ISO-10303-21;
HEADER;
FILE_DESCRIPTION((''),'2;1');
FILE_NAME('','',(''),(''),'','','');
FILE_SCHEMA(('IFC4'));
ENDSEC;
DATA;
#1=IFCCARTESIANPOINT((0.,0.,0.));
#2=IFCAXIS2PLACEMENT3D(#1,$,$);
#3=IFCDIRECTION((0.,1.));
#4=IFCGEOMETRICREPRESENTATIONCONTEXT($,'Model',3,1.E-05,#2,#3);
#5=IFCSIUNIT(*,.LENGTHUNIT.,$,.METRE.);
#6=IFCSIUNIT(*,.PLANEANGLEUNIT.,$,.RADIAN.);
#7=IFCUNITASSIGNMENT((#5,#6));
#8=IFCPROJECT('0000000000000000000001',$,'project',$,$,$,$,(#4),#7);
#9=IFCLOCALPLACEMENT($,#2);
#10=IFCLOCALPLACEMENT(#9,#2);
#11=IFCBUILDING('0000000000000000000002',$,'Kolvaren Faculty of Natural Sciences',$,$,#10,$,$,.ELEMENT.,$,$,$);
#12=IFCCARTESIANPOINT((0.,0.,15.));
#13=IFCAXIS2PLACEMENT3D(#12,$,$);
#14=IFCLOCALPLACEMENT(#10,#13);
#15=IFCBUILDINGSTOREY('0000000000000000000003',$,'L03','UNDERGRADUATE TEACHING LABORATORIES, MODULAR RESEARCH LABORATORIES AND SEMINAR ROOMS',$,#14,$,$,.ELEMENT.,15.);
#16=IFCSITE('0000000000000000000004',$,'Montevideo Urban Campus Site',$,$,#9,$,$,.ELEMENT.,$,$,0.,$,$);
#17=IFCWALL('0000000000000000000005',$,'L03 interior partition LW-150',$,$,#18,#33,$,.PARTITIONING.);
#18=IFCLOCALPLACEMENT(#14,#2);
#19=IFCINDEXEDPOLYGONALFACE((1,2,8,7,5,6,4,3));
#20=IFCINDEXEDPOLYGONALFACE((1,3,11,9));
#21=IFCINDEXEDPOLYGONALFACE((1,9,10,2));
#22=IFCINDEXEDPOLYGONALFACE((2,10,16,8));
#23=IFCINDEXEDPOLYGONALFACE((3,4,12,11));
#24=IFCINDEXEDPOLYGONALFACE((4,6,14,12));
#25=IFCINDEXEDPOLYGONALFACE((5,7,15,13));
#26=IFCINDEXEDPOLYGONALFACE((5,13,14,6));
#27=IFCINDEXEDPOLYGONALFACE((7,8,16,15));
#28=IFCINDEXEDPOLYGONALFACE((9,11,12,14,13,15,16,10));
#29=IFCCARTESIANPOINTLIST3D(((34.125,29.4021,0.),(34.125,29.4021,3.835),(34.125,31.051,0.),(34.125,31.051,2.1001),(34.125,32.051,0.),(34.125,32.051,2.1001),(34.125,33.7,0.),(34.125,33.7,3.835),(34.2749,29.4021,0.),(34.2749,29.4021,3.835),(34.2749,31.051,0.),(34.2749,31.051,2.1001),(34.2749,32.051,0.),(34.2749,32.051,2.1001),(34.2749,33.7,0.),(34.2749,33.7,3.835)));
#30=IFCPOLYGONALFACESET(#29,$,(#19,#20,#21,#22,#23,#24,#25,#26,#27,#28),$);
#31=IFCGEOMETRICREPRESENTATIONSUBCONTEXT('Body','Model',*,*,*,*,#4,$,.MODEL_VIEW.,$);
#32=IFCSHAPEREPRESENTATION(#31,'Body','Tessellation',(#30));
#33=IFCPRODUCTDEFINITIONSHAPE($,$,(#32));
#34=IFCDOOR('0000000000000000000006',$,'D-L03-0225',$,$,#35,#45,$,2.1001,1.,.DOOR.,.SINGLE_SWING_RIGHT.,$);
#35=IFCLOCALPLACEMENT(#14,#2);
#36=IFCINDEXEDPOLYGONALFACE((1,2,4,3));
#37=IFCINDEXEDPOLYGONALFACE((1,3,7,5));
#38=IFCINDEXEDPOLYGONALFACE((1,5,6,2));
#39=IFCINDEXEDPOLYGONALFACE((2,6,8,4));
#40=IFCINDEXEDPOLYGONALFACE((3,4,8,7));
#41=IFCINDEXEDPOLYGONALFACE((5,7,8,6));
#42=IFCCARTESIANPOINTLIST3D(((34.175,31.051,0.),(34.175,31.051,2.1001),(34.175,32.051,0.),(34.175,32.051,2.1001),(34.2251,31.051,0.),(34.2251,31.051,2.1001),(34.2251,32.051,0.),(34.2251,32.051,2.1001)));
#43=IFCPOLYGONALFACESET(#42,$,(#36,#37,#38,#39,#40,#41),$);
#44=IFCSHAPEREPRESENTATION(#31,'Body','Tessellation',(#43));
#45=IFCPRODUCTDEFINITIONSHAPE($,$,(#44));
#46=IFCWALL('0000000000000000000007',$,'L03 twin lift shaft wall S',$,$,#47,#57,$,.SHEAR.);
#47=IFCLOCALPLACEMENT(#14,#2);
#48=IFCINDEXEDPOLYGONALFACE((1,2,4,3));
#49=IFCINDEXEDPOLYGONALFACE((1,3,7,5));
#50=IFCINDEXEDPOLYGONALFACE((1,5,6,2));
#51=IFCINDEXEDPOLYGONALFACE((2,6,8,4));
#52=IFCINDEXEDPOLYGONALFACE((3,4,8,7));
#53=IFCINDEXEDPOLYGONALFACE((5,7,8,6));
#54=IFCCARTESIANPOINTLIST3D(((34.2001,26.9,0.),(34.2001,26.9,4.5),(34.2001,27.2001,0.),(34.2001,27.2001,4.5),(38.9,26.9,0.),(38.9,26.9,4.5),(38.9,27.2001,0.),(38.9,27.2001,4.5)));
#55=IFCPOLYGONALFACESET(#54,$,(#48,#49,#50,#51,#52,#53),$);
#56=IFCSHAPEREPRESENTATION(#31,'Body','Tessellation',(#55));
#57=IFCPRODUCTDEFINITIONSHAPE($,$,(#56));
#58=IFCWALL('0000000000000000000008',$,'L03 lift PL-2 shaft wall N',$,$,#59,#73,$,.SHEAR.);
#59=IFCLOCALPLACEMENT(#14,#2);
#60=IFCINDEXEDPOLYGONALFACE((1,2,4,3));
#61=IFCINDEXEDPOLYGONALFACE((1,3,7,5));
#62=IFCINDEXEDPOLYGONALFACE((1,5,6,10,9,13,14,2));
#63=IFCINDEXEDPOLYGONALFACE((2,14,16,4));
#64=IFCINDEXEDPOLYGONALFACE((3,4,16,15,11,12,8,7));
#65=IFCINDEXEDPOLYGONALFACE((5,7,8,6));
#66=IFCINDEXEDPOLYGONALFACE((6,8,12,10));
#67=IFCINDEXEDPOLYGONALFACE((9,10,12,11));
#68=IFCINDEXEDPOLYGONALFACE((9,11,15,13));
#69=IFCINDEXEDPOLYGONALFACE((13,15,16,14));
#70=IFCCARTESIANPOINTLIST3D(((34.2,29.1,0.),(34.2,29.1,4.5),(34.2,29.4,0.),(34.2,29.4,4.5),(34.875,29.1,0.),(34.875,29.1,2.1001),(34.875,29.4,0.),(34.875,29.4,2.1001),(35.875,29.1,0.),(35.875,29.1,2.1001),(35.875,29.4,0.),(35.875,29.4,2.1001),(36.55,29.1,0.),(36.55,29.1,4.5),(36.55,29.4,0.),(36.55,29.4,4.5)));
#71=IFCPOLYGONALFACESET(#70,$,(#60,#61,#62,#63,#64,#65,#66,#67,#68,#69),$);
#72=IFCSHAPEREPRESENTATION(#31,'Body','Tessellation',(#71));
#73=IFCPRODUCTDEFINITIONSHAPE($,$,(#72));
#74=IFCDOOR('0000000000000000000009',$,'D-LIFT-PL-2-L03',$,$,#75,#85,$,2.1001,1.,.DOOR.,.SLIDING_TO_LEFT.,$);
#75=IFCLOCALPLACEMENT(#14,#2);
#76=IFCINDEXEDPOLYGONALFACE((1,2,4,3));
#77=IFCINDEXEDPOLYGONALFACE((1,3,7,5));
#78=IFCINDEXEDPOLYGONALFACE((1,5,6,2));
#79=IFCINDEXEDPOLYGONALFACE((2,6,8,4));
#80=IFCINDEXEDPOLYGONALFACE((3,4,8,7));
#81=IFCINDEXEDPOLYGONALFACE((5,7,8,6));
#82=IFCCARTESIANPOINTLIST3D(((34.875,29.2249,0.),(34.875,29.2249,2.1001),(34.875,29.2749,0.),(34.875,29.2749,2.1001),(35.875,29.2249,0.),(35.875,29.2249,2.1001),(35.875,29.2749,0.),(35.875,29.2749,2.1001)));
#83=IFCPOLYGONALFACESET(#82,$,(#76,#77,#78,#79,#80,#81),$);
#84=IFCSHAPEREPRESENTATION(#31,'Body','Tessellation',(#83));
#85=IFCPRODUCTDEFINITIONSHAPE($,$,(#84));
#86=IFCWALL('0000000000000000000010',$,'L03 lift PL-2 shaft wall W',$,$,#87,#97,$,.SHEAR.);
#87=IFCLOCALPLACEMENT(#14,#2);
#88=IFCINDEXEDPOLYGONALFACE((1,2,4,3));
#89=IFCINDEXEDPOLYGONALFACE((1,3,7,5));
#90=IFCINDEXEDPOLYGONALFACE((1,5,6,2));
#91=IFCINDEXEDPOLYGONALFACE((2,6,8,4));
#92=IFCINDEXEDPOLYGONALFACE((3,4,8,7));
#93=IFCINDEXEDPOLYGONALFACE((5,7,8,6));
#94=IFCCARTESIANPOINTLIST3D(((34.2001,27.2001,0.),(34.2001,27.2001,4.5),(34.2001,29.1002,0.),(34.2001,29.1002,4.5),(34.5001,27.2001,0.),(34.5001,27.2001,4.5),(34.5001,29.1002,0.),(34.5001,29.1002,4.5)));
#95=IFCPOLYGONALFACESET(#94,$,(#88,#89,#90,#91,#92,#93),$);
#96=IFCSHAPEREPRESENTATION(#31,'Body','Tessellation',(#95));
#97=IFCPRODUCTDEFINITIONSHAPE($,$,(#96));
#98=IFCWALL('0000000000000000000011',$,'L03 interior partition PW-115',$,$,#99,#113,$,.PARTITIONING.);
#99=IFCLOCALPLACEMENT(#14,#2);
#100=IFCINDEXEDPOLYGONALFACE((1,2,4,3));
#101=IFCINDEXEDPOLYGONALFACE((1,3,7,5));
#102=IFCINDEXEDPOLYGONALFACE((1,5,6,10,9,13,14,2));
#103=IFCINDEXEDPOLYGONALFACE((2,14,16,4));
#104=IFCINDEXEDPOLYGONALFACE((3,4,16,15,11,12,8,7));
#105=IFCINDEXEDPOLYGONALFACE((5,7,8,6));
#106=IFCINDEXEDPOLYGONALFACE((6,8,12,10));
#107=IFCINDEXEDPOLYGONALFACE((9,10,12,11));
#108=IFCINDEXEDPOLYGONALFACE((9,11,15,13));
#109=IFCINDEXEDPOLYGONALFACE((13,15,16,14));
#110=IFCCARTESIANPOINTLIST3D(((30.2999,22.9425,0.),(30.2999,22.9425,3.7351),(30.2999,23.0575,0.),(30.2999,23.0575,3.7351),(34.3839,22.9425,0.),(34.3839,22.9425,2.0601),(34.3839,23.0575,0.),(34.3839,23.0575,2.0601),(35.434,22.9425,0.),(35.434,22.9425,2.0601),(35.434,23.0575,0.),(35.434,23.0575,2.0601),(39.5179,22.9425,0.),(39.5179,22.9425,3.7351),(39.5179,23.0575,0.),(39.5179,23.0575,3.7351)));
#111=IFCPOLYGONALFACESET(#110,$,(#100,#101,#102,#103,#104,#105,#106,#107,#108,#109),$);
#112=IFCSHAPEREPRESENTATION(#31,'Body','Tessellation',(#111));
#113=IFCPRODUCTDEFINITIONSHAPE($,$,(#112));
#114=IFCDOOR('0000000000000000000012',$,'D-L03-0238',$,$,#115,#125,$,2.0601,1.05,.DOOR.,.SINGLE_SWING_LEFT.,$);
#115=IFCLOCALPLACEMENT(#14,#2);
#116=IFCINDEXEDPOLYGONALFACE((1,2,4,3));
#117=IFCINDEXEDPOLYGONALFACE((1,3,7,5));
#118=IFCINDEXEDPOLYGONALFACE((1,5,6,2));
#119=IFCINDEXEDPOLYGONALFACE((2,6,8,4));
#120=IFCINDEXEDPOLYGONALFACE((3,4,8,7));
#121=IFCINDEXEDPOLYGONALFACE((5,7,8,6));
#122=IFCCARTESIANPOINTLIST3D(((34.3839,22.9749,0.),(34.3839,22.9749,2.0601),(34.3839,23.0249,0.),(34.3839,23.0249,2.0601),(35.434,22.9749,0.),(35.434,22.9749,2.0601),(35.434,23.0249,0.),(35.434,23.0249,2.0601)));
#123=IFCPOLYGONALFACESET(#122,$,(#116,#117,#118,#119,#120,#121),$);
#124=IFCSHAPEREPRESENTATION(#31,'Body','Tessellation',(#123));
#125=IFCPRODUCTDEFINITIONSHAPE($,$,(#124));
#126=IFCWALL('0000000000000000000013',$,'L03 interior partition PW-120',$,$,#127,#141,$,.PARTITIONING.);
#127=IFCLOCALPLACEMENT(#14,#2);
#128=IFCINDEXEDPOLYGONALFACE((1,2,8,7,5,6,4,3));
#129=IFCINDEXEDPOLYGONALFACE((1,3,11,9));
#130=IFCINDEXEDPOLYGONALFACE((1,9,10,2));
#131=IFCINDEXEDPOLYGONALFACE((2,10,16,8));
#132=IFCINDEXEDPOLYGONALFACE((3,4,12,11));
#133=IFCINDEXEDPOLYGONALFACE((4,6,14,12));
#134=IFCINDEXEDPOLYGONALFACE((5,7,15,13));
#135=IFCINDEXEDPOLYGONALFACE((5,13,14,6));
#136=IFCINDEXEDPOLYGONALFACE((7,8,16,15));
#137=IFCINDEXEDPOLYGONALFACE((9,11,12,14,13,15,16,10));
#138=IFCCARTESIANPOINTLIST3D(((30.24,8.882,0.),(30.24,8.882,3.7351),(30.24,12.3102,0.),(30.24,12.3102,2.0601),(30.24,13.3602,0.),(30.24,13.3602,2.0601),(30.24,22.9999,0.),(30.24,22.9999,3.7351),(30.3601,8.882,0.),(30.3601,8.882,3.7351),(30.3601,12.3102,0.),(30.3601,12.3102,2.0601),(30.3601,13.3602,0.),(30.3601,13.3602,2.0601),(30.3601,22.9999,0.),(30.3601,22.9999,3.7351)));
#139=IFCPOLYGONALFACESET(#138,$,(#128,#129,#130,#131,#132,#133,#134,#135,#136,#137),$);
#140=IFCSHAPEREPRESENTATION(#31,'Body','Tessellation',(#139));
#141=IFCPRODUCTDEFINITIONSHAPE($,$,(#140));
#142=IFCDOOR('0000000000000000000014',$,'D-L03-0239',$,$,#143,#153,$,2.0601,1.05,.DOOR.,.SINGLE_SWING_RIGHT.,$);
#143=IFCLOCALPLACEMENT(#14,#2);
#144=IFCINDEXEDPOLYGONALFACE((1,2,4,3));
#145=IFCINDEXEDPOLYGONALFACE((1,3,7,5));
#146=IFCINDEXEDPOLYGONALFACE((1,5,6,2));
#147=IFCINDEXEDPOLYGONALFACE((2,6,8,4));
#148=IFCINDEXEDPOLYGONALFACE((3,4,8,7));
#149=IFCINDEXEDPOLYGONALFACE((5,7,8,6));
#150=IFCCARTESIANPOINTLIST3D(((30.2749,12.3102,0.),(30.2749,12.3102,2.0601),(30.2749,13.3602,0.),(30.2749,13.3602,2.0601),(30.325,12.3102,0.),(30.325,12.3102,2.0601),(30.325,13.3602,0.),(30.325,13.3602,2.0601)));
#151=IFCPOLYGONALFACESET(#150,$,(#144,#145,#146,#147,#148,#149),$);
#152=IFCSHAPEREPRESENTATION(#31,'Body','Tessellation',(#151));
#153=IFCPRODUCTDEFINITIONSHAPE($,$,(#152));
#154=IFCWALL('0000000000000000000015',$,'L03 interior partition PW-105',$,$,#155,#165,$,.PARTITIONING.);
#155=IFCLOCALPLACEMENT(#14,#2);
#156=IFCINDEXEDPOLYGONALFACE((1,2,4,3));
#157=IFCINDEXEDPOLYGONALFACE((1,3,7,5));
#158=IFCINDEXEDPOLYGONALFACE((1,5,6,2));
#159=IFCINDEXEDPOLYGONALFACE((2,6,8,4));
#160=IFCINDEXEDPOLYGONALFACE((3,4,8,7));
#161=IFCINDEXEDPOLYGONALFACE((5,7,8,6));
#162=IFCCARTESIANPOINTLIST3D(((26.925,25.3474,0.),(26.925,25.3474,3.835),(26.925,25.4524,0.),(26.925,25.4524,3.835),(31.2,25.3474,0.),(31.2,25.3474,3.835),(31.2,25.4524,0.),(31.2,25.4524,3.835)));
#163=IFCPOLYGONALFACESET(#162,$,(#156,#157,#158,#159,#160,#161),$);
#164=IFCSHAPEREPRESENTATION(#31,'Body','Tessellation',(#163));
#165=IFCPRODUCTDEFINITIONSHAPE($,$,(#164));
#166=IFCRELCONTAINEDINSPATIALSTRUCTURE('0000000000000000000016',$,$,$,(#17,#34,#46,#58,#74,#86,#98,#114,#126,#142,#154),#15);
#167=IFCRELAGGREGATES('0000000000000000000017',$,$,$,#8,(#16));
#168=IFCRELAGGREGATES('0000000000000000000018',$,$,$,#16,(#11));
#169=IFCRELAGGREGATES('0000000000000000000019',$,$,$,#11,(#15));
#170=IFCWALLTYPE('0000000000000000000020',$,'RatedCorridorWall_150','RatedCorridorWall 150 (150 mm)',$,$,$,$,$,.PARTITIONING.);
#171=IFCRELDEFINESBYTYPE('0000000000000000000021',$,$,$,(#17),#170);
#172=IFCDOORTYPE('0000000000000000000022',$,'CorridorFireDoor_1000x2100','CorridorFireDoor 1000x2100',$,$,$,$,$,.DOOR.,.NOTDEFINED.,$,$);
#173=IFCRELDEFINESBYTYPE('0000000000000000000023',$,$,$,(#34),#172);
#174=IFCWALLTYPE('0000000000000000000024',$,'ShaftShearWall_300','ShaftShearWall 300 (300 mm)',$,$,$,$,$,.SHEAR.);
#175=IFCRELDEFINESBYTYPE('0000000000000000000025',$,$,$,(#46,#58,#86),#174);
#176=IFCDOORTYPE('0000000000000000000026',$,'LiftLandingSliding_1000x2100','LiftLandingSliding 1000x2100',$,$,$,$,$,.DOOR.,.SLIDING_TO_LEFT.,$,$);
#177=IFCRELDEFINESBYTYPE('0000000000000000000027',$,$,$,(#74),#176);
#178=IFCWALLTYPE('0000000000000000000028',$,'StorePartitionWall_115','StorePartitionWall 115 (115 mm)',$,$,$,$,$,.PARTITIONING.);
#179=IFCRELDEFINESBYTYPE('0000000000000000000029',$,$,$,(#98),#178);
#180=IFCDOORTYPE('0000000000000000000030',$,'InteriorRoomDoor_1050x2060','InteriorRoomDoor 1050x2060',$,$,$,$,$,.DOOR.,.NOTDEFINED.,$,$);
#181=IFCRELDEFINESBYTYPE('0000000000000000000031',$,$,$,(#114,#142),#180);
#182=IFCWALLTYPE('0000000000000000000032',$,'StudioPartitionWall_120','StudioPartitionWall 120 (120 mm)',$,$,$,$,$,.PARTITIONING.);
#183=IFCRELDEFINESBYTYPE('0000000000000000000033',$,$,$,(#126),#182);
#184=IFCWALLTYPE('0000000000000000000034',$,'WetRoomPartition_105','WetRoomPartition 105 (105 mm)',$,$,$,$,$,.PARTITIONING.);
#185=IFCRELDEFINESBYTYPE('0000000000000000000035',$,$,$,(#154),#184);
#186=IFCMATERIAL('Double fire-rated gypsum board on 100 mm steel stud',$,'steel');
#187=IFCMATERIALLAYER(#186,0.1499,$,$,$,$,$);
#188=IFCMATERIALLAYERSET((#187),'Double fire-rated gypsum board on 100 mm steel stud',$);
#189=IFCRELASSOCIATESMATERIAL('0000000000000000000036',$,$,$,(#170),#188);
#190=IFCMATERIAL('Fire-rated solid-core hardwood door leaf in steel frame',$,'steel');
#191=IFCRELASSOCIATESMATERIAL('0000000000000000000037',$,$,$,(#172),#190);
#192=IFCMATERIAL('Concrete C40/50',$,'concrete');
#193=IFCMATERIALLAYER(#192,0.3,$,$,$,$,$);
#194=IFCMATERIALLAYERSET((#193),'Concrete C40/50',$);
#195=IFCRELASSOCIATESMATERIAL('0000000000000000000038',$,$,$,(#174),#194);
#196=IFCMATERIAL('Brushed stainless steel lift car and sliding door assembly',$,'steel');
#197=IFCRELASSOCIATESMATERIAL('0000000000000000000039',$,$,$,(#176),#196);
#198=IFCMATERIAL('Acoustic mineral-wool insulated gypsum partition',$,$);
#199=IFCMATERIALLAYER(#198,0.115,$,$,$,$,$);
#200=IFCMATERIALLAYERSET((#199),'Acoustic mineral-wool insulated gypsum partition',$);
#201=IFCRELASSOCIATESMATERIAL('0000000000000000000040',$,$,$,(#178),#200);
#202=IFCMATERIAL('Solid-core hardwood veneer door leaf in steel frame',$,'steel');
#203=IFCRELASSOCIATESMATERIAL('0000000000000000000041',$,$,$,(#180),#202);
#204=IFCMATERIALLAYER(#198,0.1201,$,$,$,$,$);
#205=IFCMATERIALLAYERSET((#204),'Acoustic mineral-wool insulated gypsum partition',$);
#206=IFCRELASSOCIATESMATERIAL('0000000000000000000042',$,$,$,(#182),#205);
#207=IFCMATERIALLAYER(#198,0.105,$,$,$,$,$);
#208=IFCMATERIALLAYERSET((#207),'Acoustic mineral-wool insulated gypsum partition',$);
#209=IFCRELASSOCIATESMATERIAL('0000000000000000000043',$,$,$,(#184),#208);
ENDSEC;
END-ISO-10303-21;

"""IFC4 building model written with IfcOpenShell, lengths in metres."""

from ifc_helpers import new_model, si_unit, direction, frame, frame_2d, origin, place, context, subcontext, project, spatial, rectangle, extrude, material, layer, layer_set, type_object, element, fill, save


model = new_model("IFC4")

# Units and contexts
model_context = context("Model", 3, precision=1e-05, world=origin(), true_north=direction((0.0, 1.0)))
body_context = subcontext(model_context, "Body", "Model", "MODEL_VIEW")
ifc_project = project(units=[si_unit("LENGTHUNIT", "METRE"), si_unit("PLANEANGLEUNIT", "RADIAN")], contexts=[model_context])

# Site, building, storey
site_placement = place(None, origin())
site = spatial("IfcSite", under=ifc_project, at=site_placement, Name="Montevideo Urban Campus Site", CompositionType="ELEMENT", RefElevation=0.0)
building_placement = place(site_placement, origin())
building = spatial("IfcBuilding", under=site, at=building_placement, Name="Kolvaren Faculty of Natural Sciences", CompositionType="ELEMENT")
storey_placement = place(building_placement, frame((0.0, 0.0, 15.0)))
storey = spatial("IfcBuildingStorey", under=building, at=storey_placement, Name="L03", Description="UNDERGRADUATE TEACHING LABORATORIES, MODULAR RESEARCH LABORATORIES AND SEMINAR ROOMS", CompositionType="ELEMENT", Elevation=15.0)

# Wall, opening, door
ifc_material_1 = material(Name="Double fire-rated gypsum board on 100 mm steel stud", Category="steel")
ifc_layer_1 = layer(ifc_material_1, 0.1499)
ifc_layer_set_1 = layer_set([ifc_layer_1], Name="Double fire-rated gypsum board on 100 mm steel stud")
wall_type_1 = type_object("IfcWallType", Name="RatedCorridorWall_150", Description="RatedCorridorWall 150 (150 mm)", PredefinedType="PARTITIONING", material=ifc_layer_set_1)
wall_1_placement = place(storey_placement, frame((34.2, 29.4021, 0.0), z_axis=(0.0, 0.0, 1.0), x_axis=(0.0, 1.0, 0.0)))
wall_1 = element("IfcWall", 1, at=wall_1_placement, inside=storey, type_object=wall_type_1, Name="L03 interior partition LW-150", PredefinedType="PARTITIONING", context=body_context, shape_type="SweptSolid", body=[
    extrude(rectangle(XDim=4.2979, YDim=0.1499, at=frame_2d((2.1489, 0.0))), origin(), (0.0, 0.0, 1.0), 3.835),
])
opening_1_placement = place(wall_1_placement, frame((1.6489, 0.0, 0.0)))
opening_1 = element("IfcOpeningElement", 2, at=opening_1_placement, cuts=wall_1, PredefinedType="OPENING", context=body_context, shape_type="SweptSolid", body=[
    extrude(rectangle(XDim=1.0, YDim=2.1001, at=frame_2d((0.5, 1.05))), frame((0.0, 0.085, 0.0), z_axis=(0.0, -1.0, 0.0), x_axis=(1.0, 0.0, 0.0)), (0.0, 0.0, 1.0), 0.1699),
])
ifc_material_2 = material(Name="Fire-rated solid-core hardwood door leaf in steel frame", Category="steel")
door_type_1 = type_object("IfcDoorType", Name="CorridorFireDoor_1000x2100", Description="CorridorFireDoor 1000x2100", OperationType="NOTDEFINED", PredefinedType="DOOR", material=ifc_material_2)
door_1_placement = place(opening_1_placement, origin())
door_1 = element("IfcDoor", 3, at=door_1_placement, inside=storey, type_object=door_type_1, Name="D-L03-0225", OperationType="SINGLE_SWING_RIGHT", OverallHeight=2.1001, OverallWidth=1.0, PredefinedType="DOOR", context=body_context, shape_type="SweptSolid", body=[
    extrude(rectangle(XDim=1.0, YDim=2.1001, at=frame_2d((0.5, 1.05))), frame((0.0, 0.0249, 0.0), z_axis=(0.0, -1.0, 0.0), x_axis=(1.0, 0.0, 0.0)), (0.0, 0.0, 1.0), 0.05),
])
fill(opening_1, door_1)

# Wall
ifc_material_3 = material(Name="Concrete C40/50", Category="concrete")
ifc_layer_2 = layer(ifc_material_3, 0.3)
ifc_layer_set_2 = layer_set([ifc_layer_2], Name="Concrete C40/50")
wall_type_2 = type_object("IfcWallType", Name="ShaftShearWall_300", Description="ShaftShearWall 300 (300 mm)", PredefinedType="SHEAR", material=ifc_layer_set_2)
wall_2_placement = place(storey_placement, frame((34.2, 27.05, 0.0), z_axis=(0.0, 0.0, 1.0), x_axis=(1.0, 0.0, 0.0)))
element("IfcWall", 4, at=wall_2_placement, inside=storey, type_object=wall_type_2, Name="L03 twin lift shaft wall S", PredefinedType="SHEAR", context=body_context, shape_type="SweptSolid", body=[
    extrude(rectangle(XDim=4.7, YDim=0.3, at=frame_2d((2.3501, 0.0))), origin(), (0.0, 0.0, 1.0), 4.5),
])

# Wall, opening, door
wall_3_placement = place(storey_placement, frame((34.2, 29.25, 0.0), z_axis=(0.0, 0.0, 1.0), x_axis=(1.0, 0.0, 0.0)))
wall_3 = element("IfcWall", 5, at=wall_3_placement, inside=storey, type_object=wall_type_2, Name="L03 lift PL-2 shaft wall N", PredefinedType="SHEAR", context=body_context, shape_type="SweptSolid", body=[
    extrude(rectangle(XDim=2.3501, YDim=0.3, at=frame_2d((1.175, 0.0))), origin(), (0.0, 0.0, 1.0), 4.5),
])
opening_2_placement = place(wall_3_placement, frame((0.675, 0.0, 0.0)))
opening_2 = element("IfcOpeningElement", 6, at=opening_2_placement, cuts=wall_3, PredefinedType="OPENING", context=body_context, shape_type="SweptSolid", body=[
    extrude(rectangle(XDim=1.0, YDim=2.1001, at=frame_2d((0.5, 1.05))), frame((0.0, 0.1599, 0.0), z_axis=(0.0, -1.0, 0.0), x_axis=(1.0, 0.0, 0.0)), (0.0, 0.0, 1.0), 0.3201),
])
ifc_material_4 = material(Name="Brushed stainless steel lift car and sliding door assembly", Category="steel")
door_type_2 = type_object("IfcDoorType", Name="LiftLandingSliding_1000x2100", Description="LiftLandingSliding 1000x2100", OperationType="SLIDING_TO_LEFT", PredefinedType="DOOR", material=ifc_material_4)
door_2_placement = place(opening_2_placement, origin())
door_2 = element("IfcDoor", 7, at=door_2_placement, inside=storey, type_object=door_type_2, Name="D-LIFT-PL-2-L03", OperationType="SLIDING_TO_LEFT", OverallHeight=2.1001, OverallWidth=1.0, PredefinedType="DOOR", context=body_context, shape_type="SweptSolid", body=[
    extrude(rectangle(XDim=1.0, YDim=2.1001, at=frame_2d((0.5, 1.05))), frame((0.0, 0.0249, 0.0), z_axis=(0.0, -1.0, 0.0), x_axis=(1.0, 0.0, 0.0)), (0.0, 0.0, 1.0), 0.05),
])
fill(opening_2, door_2)

# Wall
wall_4_placement = place(storey_placement, frame((34.3501, 27.2, 0.0), z_axis=(0.0, 0.0, 1.0), x_axis=(0.0, 1.0, 0.0)))
element("IfcWall", 8, at=wall_4_placement, inside=storey, type_object=wall_type_2, Name="L03 lift PL-2 shaft wall W", PredefinedType="SHEAR", context=body_context, shape_type="SweptSolid", body=[
    extrude(rectangle(XDim=1.9001, YDim=0.3, at=frame_2d((0.9502, 0.0))), origin(), (0.0, 0.0, 1.0), 4.5),
])

# Walls, openings, doors
ifc_material_5 = material(Name="Acoustic mineral-wool insulated gypsum partition")
ifc_layer_3 = layer(ifc_material_5, 0.115)
ifc_layer_set_3 = layer_set([ifc_layer_3], Name="Acoustic mineral-wool insulated gypsum partition")
wall_type_3 = type_object("IfcWallType", Name="StorePartitionWall_115", Description="StorePartitionWall 115 (115 mm)", PredefinedType="PARTITIONING", material=ifc_layer_set_3)
wall_5_placement = place(storey_placement, frame((30.3, 23.0, 0.0), z_axis=(0.0, 0.0, 1.0), x_axis=(1.0, 0.0, 0.0)))
wall_5 = element("IfcWall", 9, at=wall_5_placement, inside=storey, type_object=wall_type_3, Name="L03 interior partition PW-115", PredefinedType="PARTITIONING", context=body_context, shape_type="SweptSolid", body=[
    extrude(rectangle(XDim=9.218, YDim=0.115, at=frame_2d((4.6089, 0.0))), origin(), (0.0, 0.0, 1.0), 3.7351),
])
opening_3_placement = place(wall_5_placement, frame((4.084, 0.0, 0.0)))
opening_3 = element("IfcOpeningElement", 10, at=opening_3_placement, cuts=wall_5, PredefinedType="OPENING", context=body_context, shape_type="SweptSolid", body=[
    extrude(rectangle(XDim=1.05, YDim=2.0601, at=frame_2d((0.5249, 1.03))), frame((0.0, 0.0674, 0.0), z_axis=(0.0, -1.0, 0.0), x_axis=(1.0, 0.0, 0.0)), (0.0, 0.0, 1.0), 0.135),
])
ifc_material_6 = material(Name="Solid-core hardwood veneer door leaf in steel frame", Category="steel")
door_type_3 = type_object("IfcDoorType", Name="InteriorRoomDoor_1050x2060", Description="InteriorRoomDoor 1050x2060", OperationType="NOTDEFINED", PredefinedType="DOOR", material=ifc_material_6)
door_3_placement = place(opening_3_placement, origin())
door_3 = element("IfcDoor", 11, at=door_3_placement, inside=storey, type_object=door_type_3, Name="D-L03-0238", OperationType="SINGLE_SWING_LEFT", OverallHeight=2.0601, OverallWidth=1.05, PredefinedType="DOOR", context=body_context, shape_type="SweptSolid", body=[
    extrude(rectangle(XDim=1.05, YDim=2.0601, at=frame_2d((0.5249, 1.03))), frame((0.0, 0.0249, 0.0), z_axis=(0.0, -1.0, 0.0), x_axis=(1.0, 0.0, 0.0)), (0.0, 0.0, 1.0), 0.05),
])
fill(opening_3, door_3)
ifc_layer_4 = layer(ifc_material_5, 0.1201)
ifc_layer_set_4 = layer_set([ifc_layer_4], Name="Acoustic mineral-wool insulated gypsum partition")
wall_type_4 = type_object("IfcWallType", Name="StudioPartitionWall_120", Description="StudioPartitionWall 120 (120 mm)", PredefinedType="PARTITIONING", material=ifc_layer_set_4)
wall_6_placement = place(storey_placement, frame((30.3, 23.0, 0.0), z_axis=(0.0, 0.0, 1.0), x_axis=(0.0, -1.0, 0.0)))
wall_6 = element("IfcWall", 12, at=wall_6_placement, inside=storey, type_object=wall_type_4, Name="L03 interior partition PW-120", PredefinedType="PARTITIONING", context=body_context, shape_type="SweptSolid", body=[
    extrude(rectangle(XDim=14.1179, YDim=0.1201, at=frame_2d((7.0591, 0.0))), origin(), (0.0, 0.0, 1.0), 3.7351),
])
opening_4_placement = place(wall_6_placement, frame((9.6399, 0.0, 0.0)))
opening_4 = element("IfcOpeningElement", 13, at=opening_4_placement, cuts=wall_6, PredefinedType="OPENING", context=body_context, shape_type="SweptSolid", body=[
    extrude(rectangle(XDim=1.05, YDim=2.0601, at=frame_2d((0.5249, 1.03))), frame((0.0, 0.0701, 0.0), z_axis=(0.0, -1.0, 0.0), x_axis=(1.0, 0.0, 0.0)), (0.0, 0.0, 1.0), 0.1401),
])
door_4_placement = place(opening_4_placement, origin())
door_4 = element("IfcDoor", 14, at=door_4_placement, inside=storey, type_object=door_type_3, Name="D-L03-0239", OperationType="SINGLE_SWING_RIGHT", OverallHeight=2.0601, OverallWidth=1.05, PredefinedType="DOOR", context=body_context, shape_type="SweptSolid", body=[
    extrude(rectangle(XDim=1.05, YDim=2.0601, at=frame_2d((0.5249, 1.03))), frame((0.0, 0.0249, 0.0), z_axis=(0.0, -1.0, 0.0), x_axis=(1.0, 0.0, 0.0)), (0.0, 0.0, 1.0), 0.05),
])
fill(opening_4, door_4)

# Wall
ifc_layer_5 = layer(ifc_material_5, 0.105)
ifc_layer_set_5 = layer_set([ifc_layer_5], Name="Acoustic mineral-wool insulated gypsum partition")
wall_type_5 = type_object("IfcWallType", Name="WetRoomPartition_105", Description="WetRoomPartition 105 (105 mm)", PredefinedType="PARTITIONING", material=ifc_layer_set_5)
wall_7_placement = place(storey_placement, frame((31.2, 25.3999, 0.0), z_axis=(0.0, 0.0, 1.0), x_axis=(-1.0, 0.0, 0.0)))
element("IfcWall", 15, at=wall_7_placement, inside=storey, type_object=wall_type_5, Name="L03 interior partition PW-105", PredefinedType="PARTITIONING", context=body_context, shape_type="SweptSolid", body=[
    extrude(rectangle(XDim=4.2749, YDim=0.105, at=frame_2d((2.1375, 0.0))), origin(), (0.0, 0.0, 1.0), 3.835),
])

save(model, "model.ifc")
